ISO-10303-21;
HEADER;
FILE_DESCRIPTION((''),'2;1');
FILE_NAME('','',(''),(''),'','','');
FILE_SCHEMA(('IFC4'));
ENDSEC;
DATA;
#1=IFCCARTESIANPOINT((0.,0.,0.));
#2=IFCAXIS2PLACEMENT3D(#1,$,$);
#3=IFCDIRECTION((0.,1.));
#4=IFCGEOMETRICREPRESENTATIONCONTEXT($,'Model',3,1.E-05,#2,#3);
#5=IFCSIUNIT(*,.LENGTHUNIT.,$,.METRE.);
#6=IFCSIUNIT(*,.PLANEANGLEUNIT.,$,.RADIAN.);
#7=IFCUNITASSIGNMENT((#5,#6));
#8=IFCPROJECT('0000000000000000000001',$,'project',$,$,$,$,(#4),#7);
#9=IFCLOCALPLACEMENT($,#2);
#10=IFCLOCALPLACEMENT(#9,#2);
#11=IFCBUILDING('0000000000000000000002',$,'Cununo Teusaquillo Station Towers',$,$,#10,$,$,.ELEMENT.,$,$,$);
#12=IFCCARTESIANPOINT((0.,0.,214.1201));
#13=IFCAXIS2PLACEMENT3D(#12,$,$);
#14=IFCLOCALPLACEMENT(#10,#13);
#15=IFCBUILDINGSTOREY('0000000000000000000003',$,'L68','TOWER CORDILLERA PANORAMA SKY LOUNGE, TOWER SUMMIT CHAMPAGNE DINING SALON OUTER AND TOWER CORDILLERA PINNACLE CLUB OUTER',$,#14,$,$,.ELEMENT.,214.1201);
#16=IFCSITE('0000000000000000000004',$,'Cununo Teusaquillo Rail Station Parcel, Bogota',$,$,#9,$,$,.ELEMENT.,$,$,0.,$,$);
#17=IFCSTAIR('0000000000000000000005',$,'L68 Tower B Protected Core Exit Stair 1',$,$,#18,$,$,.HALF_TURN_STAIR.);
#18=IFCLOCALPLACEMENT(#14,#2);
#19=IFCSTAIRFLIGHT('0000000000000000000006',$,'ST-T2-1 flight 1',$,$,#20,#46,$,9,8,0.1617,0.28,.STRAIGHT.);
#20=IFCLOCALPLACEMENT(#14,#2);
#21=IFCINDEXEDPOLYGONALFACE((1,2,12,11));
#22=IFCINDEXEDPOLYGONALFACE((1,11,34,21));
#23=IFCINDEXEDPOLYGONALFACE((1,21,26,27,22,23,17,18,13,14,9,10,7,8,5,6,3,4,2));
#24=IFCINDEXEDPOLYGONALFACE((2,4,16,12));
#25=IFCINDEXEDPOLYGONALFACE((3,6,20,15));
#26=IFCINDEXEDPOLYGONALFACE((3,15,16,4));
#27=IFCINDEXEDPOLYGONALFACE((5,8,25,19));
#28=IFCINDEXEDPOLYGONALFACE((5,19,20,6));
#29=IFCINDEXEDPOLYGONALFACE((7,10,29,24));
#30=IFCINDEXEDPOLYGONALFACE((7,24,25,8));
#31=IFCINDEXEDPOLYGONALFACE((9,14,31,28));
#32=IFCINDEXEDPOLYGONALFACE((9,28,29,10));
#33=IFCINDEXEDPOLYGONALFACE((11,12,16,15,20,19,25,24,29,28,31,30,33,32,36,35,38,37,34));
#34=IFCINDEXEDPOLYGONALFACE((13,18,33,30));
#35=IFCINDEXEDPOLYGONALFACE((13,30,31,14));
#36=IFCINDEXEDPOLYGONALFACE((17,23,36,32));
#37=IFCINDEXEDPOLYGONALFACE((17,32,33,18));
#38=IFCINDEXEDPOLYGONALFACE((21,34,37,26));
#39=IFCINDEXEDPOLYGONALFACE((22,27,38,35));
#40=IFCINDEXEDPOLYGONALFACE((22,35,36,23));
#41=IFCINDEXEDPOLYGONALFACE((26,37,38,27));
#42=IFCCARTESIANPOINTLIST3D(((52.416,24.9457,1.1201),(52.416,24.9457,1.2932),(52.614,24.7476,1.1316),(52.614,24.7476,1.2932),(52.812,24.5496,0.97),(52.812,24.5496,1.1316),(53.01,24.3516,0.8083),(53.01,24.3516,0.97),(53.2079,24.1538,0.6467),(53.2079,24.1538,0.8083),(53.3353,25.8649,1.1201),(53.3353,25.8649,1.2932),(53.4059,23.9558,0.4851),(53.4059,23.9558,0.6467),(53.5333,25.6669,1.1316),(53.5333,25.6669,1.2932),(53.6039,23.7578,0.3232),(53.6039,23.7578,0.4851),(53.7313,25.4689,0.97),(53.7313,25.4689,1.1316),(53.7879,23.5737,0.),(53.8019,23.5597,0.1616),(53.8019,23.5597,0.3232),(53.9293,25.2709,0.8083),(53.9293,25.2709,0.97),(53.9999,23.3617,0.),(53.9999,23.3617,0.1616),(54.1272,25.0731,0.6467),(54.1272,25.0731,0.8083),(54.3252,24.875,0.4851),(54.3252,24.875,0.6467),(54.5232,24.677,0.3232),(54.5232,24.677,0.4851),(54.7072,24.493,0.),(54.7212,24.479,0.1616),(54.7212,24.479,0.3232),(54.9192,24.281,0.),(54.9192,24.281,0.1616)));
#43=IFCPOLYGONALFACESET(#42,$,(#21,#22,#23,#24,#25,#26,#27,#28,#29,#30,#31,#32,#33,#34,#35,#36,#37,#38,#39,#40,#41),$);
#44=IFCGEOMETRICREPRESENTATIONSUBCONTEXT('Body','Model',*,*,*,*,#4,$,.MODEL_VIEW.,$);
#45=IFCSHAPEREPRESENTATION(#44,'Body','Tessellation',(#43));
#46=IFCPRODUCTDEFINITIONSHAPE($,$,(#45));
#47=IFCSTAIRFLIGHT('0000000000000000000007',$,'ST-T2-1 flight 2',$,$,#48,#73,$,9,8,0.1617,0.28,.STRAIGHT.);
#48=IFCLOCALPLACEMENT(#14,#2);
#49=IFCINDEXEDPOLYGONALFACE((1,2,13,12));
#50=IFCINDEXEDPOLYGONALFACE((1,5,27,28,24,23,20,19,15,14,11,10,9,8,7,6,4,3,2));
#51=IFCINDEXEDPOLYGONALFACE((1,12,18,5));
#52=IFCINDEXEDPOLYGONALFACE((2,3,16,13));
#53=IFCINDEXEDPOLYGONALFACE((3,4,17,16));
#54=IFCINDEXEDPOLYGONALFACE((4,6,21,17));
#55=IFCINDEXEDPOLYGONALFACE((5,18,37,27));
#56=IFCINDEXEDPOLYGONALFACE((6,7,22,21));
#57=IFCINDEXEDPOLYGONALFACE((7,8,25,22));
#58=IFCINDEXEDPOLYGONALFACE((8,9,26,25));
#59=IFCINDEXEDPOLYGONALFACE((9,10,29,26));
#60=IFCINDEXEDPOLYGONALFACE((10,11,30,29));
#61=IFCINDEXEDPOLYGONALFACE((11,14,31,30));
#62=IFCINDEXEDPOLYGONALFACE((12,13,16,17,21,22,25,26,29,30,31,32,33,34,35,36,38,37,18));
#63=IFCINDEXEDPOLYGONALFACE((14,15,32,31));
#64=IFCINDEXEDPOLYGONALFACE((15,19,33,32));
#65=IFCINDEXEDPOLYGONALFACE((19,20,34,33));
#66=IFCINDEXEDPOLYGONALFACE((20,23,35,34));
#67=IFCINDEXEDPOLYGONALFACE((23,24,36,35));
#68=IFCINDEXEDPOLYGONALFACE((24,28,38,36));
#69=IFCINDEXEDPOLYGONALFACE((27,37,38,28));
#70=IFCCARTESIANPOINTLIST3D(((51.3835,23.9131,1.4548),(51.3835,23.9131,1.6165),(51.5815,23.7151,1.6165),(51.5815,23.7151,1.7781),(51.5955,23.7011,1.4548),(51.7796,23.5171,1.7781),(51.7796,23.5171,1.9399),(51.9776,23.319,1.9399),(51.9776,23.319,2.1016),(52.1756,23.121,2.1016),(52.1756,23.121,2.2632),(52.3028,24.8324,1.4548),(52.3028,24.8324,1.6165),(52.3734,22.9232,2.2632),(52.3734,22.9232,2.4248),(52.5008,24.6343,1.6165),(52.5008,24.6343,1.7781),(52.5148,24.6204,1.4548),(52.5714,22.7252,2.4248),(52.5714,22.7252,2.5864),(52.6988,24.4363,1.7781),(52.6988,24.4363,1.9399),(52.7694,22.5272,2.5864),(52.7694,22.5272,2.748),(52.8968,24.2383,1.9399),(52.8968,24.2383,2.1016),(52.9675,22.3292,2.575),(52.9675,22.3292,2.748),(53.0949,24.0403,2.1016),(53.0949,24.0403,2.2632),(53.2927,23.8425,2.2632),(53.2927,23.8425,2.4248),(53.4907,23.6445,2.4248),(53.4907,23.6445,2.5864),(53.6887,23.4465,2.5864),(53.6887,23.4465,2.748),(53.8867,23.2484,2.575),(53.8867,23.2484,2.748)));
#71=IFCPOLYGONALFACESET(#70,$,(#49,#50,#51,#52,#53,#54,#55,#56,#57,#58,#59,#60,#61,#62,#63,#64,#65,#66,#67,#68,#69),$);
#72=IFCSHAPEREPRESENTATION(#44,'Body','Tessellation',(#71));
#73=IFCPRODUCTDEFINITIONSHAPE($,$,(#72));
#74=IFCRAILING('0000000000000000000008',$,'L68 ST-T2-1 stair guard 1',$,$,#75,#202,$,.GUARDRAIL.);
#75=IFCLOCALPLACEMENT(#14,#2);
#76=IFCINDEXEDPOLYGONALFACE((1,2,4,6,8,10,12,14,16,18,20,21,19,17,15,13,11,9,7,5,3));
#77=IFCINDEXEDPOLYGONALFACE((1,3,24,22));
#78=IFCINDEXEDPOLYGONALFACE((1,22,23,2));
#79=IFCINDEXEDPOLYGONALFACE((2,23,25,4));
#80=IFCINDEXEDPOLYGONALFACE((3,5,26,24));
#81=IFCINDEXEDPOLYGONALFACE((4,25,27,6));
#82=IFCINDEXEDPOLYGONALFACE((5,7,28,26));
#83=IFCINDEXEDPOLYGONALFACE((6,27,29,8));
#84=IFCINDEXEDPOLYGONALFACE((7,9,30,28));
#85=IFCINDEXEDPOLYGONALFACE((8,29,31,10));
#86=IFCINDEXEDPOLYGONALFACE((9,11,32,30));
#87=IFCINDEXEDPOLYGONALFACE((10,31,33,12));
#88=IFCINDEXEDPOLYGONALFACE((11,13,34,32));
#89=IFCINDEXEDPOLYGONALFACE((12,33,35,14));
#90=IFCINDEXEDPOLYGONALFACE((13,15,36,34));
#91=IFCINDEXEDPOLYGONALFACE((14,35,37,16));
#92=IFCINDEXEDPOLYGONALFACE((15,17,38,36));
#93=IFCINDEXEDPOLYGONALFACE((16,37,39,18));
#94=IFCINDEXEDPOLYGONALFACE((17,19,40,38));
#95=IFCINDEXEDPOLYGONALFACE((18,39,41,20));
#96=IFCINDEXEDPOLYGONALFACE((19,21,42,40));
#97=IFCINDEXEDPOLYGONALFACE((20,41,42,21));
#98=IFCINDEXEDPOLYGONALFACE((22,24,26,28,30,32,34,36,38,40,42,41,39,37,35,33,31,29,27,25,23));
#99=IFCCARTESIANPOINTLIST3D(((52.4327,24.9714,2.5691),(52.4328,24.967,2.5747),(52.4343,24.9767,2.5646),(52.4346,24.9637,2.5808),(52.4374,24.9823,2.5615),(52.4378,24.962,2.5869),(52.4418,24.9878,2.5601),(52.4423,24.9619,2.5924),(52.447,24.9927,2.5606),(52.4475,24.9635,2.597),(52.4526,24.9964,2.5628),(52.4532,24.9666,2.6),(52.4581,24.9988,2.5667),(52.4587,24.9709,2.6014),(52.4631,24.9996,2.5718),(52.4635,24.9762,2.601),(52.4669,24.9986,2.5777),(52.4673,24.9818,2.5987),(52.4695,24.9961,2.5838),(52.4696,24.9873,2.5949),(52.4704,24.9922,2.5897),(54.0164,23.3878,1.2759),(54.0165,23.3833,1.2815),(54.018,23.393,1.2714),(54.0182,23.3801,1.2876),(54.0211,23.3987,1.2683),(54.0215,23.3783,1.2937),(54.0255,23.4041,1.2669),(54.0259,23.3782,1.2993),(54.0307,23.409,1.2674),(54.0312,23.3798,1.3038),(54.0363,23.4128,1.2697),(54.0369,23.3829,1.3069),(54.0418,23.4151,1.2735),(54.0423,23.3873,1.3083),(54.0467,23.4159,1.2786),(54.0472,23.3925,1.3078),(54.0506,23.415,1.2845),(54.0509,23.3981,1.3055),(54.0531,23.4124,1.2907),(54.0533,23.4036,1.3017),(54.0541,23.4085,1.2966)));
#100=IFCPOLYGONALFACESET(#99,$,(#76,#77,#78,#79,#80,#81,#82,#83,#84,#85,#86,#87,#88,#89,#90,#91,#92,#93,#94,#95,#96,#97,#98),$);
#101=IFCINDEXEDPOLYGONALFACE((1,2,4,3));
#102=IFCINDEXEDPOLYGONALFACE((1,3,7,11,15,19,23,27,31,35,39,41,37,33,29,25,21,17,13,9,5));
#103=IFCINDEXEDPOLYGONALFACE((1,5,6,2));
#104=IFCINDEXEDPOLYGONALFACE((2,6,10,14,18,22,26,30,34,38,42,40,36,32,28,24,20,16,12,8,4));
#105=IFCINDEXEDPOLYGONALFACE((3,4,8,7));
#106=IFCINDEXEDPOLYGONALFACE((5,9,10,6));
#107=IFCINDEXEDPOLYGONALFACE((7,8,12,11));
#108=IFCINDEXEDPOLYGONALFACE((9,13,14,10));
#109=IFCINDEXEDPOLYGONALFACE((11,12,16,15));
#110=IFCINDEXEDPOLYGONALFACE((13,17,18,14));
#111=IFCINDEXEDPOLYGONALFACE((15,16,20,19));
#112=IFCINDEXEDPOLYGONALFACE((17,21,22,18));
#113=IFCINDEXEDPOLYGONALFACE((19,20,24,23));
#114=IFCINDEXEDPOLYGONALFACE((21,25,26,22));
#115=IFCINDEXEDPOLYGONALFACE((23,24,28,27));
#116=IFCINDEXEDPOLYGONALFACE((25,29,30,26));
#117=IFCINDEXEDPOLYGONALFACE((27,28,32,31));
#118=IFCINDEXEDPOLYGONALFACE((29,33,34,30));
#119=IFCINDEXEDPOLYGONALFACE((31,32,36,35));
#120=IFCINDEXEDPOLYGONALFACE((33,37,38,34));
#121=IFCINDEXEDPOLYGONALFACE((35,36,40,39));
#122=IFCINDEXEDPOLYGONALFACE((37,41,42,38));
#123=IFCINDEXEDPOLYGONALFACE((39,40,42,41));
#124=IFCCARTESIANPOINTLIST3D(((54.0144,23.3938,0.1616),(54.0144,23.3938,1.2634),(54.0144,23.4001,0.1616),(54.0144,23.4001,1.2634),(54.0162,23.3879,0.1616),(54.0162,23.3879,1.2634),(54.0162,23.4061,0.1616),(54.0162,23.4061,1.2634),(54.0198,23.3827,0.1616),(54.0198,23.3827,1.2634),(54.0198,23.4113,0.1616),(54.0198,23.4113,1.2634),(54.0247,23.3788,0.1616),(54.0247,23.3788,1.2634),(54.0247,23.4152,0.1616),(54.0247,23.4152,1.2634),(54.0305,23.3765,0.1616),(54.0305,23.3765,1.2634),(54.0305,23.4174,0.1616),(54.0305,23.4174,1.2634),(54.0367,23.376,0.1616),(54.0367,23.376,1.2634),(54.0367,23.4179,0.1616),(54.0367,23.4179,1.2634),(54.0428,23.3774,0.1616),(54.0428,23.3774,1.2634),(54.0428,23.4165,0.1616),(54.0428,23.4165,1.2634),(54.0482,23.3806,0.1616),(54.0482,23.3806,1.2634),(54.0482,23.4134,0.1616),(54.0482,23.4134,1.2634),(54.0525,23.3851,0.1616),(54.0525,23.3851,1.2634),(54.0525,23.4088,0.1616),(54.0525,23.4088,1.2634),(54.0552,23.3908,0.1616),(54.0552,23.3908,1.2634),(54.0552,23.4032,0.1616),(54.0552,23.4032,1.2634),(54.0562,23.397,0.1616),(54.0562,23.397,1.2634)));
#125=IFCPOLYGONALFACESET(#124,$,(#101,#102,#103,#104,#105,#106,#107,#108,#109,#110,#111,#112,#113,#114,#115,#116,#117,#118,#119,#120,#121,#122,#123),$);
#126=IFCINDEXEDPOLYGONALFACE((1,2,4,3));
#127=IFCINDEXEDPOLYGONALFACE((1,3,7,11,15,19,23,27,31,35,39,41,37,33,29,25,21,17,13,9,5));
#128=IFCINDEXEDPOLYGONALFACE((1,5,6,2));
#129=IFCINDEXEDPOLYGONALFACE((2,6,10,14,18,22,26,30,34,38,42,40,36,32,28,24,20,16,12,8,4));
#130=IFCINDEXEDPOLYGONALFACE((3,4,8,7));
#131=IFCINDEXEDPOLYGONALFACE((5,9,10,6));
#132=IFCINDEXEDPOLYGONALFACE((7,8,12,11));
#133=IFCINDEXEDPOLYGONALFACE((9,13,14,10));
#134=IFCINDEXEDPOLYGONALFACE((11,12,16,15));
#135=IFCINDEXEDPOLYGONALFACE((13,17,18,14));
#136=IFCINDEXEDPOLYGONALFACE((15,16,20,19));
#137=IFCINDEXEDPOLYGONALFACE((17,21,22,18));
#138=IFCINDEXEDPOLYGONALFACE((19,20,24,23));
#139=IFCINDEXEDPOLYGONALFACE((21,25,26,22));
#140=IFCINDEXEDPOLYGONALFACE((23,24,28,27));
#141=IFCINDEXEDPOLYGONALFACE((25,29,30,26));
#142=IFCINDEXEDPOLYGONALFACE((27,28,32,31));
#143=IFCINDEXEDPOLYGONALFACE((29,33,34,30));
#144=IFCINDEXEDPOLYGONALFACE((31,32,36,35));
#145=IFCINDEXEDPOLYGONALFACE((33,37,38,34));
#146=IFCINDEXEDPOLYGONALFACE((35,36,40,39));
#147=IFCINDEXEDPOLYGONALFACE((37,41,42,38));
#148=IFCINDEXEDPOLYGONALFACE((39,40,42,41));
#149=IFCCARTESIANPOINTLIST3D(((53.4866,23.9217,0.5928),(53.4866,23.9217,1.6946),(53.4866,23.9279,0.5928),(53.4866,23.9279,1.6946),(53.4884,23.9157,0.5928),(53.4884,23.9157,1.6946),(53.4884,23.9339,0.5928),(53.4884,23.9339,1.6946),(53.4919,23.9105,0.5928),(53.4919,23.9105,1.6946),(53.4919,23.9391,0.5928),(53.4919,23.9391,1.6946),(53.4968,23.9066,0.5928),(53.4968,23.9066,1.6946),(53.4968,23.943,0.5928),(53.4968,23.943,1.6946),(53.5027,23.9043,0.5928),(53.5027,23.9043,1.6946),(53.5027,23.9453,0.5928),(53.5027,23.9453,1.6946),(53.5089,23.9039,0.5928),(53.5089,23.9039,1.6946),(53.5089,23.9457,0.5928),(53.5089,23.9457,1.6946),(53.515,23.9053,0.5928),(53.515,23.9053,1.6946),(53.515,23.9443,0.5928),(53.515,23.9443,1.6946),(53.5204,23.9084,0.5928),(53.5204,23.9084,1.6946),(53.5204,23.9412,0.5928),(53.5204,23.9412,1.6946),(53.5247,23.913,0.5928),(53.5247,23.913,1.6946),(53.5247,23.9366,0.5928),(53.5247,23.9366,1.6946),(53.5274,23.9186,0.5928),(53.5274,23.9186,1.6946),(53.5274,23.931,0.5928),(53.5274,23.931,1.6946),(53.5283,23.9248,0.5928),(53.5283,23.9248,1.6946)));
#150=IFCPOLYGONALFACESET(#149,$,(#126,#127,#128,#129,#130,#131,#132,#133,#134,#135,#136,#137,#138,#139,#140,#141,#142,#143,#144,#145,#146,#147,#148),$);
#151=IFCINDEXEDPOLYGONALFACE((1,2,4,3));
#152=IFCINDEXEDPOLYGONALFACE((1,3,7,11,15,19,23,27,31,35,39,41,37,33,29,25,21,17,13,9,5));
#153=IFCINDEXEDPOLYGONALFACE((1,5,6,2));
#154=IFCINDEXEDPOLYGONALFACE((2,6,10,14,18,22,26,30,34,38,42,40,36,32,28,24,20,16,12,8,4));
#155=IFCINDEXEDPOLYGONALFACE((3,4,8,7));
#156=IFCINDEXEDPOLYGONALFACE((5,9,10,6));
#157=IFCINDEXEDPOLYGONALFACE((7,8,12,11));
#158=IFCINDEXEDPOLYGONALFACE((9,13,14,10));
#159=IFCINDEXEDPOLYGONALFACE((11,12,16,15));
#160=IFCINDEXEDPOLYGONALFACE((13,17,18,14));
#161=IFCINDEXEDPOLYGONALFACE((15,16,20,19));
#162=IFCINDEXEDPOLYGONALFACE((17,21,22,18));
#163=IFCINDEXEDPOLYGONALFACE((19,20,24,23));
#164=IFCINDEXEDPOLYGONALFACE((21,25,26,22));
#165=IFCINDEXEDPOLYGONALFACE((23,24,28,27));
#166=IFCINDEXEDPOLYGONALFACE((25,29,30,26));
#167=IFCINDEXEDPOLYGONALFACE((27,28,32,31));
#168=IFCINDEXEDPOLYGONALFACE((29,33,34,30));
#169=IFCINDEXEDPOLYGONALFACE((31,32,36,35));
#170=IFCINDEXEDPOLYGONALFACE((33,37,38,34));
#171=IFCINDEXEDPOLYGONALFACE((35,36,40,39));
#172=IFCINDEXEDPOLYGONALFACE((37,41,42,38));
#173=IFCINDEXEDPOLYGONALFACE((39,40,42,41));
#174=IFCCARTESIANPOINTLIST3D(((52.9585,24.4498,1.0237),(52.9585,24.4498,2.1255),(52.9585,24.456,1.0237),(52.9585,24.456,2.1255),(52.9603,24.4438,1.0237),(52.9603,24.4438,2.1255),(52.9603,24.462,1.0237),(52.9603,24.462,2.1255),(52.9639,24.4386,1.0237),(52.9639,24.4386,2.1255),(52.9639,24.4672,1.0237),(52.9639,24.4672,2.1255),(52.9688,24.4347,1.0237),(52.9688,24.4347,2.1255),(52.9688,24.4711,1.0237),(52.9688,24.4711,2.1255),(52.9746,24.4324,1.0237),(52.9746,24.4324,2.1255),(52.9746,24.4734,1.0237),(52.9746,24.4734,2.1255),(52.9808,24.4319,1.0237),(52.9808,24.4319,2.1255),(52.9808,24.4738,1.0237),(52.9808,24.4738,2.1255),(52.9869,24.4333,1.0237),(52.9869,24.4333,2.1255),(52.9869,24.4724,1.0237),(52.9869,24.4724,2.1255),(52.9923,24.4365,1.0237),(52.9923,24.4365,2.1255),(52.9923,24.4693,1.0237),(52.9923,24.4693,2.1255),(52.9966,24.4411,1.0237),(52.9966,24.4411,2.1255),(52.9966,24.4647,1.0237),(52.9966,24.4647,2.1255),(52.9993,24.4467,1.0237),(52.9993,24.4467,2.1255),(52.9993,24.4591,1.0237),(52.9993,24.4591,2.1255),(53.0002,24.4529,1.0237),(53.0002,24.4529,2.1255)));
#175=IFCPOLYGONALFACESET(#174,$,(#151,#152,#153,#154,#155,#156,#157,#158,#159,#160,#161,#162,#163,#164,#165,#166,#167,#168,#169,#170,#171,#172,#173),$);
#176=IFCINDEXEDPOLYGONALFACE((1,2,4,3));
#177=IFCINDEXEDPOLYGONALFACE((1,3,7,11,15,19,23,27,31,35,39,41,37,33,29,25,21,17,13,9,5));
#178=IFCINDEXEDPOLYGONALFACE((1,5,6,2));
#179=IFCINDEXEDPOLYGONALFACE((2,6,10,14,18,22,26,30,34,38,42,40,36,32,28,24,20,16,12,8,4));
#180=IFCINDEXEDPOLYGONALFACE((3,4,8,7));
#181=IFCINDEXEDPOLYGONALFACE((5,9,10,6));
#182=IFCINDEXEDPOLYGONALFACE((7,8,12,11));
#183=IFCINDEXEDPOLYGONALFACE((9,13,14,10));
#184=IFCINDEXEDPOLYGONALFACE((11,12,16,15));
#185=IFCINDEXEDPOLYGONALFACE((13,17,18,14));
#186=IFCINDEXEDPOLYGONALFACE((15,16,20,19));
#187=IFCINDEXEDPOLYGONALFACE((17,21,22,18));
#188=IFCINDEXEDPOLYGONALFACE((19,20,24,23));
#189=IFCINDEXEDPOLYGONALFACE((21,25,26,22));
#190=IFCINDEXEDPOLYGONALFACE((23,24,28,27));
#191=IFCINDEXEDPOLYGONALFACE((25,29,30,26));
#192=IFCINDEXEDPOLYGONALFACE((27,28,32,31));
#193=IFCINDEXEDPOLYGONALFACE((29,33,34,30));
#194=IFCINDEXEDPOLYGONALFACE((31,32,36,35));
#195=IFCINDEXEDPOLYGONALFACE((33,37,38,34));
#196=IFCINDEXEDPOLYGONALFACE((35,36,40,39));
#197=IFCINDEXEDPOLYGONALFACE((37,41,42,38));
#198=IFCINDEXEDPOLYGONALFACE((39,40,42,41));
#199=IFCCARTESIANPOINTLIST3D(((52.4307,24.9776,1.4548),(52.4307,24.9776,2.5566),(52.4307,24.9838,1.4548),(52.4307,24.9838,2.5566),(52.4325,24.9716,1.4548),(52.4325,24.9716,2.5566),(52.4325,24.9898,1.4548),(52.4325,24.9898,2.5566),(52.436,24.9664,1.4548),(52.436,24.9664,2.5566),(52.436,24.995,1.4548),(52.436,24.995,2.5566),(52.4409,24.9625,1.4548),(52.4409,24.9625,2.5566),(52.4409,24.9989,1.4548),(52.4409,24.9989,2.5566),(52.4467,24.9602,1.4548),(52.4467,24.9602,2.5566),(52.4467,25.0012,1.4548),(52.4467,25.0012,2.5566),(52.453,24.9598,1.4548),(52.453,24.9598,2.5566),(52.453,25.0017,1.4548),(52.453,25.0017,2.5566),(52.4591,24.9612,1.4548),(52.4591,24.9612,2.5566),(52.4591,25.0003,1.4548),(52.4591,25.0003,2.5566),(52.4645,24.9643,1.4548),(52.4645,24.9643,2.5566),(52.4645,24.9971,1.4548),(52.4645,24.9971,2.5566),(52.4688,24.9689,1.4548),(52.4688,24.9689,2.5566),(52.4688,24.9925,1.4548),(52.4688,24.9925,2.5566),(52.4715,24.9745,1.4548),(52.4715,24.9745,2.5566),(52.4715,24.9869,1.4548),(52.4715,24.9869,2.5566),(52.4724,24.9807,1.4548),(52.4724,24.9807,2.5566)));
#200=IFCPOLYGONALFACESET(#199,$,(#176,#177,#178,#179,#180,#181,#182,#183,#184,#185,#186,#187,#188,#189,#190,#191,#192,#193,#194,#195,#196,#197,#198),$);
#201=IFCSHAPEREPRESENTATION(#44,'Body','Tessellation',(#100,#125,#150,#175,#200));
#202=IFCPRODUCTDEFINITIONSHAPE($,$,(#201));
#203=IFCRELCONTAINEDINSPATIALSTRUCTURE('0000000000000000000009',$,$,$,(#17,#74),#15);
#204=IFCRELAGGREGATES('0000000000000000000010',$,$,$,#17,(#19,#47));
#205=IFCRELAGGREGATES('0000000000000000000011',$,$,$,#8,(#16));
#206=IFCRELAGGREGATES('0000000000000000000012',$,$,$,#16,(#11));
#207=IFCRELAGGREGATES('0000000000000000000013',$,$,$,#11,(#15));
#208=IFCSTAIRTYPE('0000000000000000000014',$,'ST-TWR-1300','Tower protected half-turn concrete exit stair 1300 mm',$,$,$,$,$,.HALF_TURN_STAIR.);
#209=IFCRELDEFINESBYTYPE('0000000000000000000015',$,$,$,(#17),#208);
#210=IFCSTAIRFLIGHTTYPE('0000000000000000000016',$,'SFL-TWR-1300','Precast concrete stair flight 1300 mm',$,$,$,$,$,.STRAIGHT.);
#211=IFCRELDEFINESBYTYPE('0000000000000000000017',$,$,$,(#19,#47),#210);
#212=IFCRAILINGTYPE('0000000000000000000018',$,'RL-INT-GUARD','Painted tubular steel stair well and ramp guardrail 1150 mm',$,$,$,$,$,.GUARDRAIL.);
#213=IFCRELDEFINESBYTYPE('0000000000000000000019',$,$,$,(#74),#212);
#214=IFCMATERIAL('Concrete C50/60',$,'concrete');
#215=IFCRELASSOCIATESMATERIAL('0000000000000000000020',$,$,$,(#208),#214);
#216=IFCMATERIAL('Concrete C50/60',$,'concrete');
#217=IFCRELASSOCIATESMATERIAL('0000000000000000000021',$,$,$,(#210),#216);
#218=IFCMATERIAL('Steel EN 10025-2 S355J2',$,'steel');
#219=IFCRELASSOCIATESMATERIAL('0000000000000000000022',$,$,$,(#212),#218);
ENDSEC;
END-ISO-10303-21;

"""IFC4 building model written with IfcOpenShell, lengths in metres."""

from ifc_helpers import new_model, si_unit, direction, frame, origin, origin_2d, place, context, subcontext, project, spatial, polyline, circle, outline, extrude, material, type_object, element, aggregate, save


model = new_model("IFC4")

# Units and contexts
model_context = context("Model", 3, precision=1e-05, world=origin(), true_north=direction((0.0, 1.0)))
body_context = subcontext(model_context, "Body", "Model", "MODEL_VIEW")
ifc_project = project(units=[si_unit("LENGTHUNIT", "METRE"), si_unit("PLANEANGLEUNIT", "RADIAN")], contexts=[model_context])

# Site, building, storey
site_placement = place(None, origin())
site = spatial("IfcSite", under=ifc_project, at=site_placement, Name="Cununo Teusaquillo Rail Station Parcel, Bogota", CompositionType="ELEMENT", RefElevation=0.0)
building_placement = place(site_placement, origin())
building = spatial("IfcBuilding", under=site, at=building_placement, Name="Cununo Teusaquillo Station Towers", CompositionType="ELEMENT")
storey_placement = place(building_placement, frame((0.0, 0.0, 214.1201)))
storey = spatial("IfcBuildingStorey", under=building, at=storey_placement, Name="L68", Description="TOWER CORDILLERA PANORAMA SKY LOUNGE, TOWER SUMMIT CHAMPAGNE DINING SALON OUTER AND TOWER CORDILLERA PINNACLE CLUB OUTER", CompositionType="ELEMENT", Elevation=214.1201)

# Stair, stair flights
ifc_material_1 = material(Name="Concrete C50/60", Category="concrete")
stair_type = type_object("IfcStairType", Name="ST-TWR-1300", Description="Tower protected half-turn concrete exit stair 1300 mm", PredefinedType="HALF_TURN_STAIR", material=ifc_material_1)
stair_placement = place(storey_placement, origin())
stair = element("IfcStair", 1, at=stair_placement, inside=storey, type_object=stair_type, Name="L68 Tower B Protected Core Exit Stair 1", PredefinedType="HALF_TURN_STAIR")
ifc_material_2 = material(Name="Concrete C50/60", Category="concrete")
stair_flight_type = type_object("IfcStairFlightType", Name="SFL-TWR-1300", Description="Precast concrete stair flight 1300 mm", PredefinedType="STRAIGHT", material=ifc_material_2)
stair_flight_1_placement = place(storey_placement, frame((54.4595, 23.8213, 0.0), z_axis=(0.0, 0.0, 1.0), x_axis=(-0.707107, 0.707107, 0.0)))
stair_flight_1 = element("IfcStairFlight", 2, at=stair_flight_1_placement, type_object=stair_flight_type, Name="ST-T2-1 flight 1", NumberOfRisers=9, NumberOfTreads=8, PredefinedType="STRAIGHT", RiserHeight=0.1617, TreadLength=0.28, context=body_context, shape_type="SweptSolid", body=[
    extrude(outline(polyline([(0.0, 0.0), (0.0, 0.1616), (0.28, 0.1616), (0.28, 0.3232), (0.5601, 0.3232), (0.5601, 0.4851), (0.8401, 0.4851), (0.8401, 0.6467), (1.1201, 0.6467), (1.1201, 0.8083), (1.3999, 0.8083), (1.3999, 0.97), (1.6799, 0.97), (1.6799, 1.1316), (1.96, 1.1316), (1.96, 1.2932), (2.24, 1.2932), (2.24, 1.4551), (2.24, 1.1201), (0.2998, 0.0), (0.0, 0.0)])), frame((0.0, 0.6499, 0.0), z_axis=(0.0, -1.0, 0.0), x_axis=(1.0, 0.0, 0.0)), (0.0, 0.0, 1.0), 1.3),
])
stair_flight_2_placement = place(storey_placement, frame((51.8433, 24.3728, 1.4548), z_axis=(0.0, 0.0, 1.0), x_axis=(0.707107, -0.707107, 0.0)))
stair_flight_2 = element("IfcStairFlight", 3, at=stair_flight_2_placement, type_object=stair_flight_type, Name="ST-T2-1 flight 2", NumberOfRisers=9, NumberOfTreads=8, PredefinedType="STRAIGHT", RiserHeight=0.1617, TreadLength=0.28, context=body_context, shape_type="SweptSolid", body=[
    extrude(outline(polyline([(0.0, 0.0), (0.0, 0.1616), (0.28, 0.1616), (0.28, 0.3232), (0.5601, 0.3232), (0.5601, 0.4851), (0.8401, 0.4851), (0.8401, 0.6467), (1.1201, 0.6467), (1.1201, 0.8083), (1.3999, 0.8083), (1.3999, 0.97), (1.6799, 0.97), (1.6799, 1.1316), (1.96, 1.1316), (1.96, 1.2932), (2.24, 1.2932), (2.24, 1.4551), (2.24, 1.1201), (0.2998, 0.0), (0.0, 0.0)])), frame((0.0, 0.6499, 0.0), z_axis=(0.0, -1.0, 0.0), x_axis=(1.0, 0.0, 0.0)), (0.0, 0.0, 1.0), 1.3),
])
aggregate(stair, [stair_flight_1, stair_flight_2])

# Railing
ifc_material_3 = material(Name="Steel EN 10025-2 S355J2", Category="steel")
railing_type_1 = type_object("IfcRailingType", Name="RL-INT-GUARD", Description="Painted tubular steel stair well and ramp guardrail 1150 mm", PredefinedType="GUARDRAIL", material=ifc_material_3)
railing_1_placement = place(storey_placement, frame((54.0352, 23.397, 0.1616)))
element("IfcRailing", 4, at=railing_1_placement, inside=storey, type_object=railing_type_1, Name="L68 ST-T2-1 stair guard 1", PredefinedType="GUARDRAIL", context=body_context, shape_type="SweptSolid", body=[
    extrude(circle(Radius=0.0239, at=origin_2d()), frame((0.0, 0.0, 1.126), z_axis=(-0.612361, 0.612361, 0.500027), x_axis=(-0.707107, -0.707107, 0.0)), (0.0, 0.0, 1.0), 2.5862),
    extrude(circle(Radius=0.021, at=origin_2d()), origin(), (0.0, 0.0, 1.0), 1.1018),
    extrude(circle(Radius=0.021, at=origin_2d()), frame((-0.5278, 0.5278, 0.4312)), (0.0, 0.0, 1.0), 1.1018),
    extrude(circle(Radius=0.021, at=origin_2d()), frame((-1.0559, 1.0559, 0.8621)), (0.0, 0.0, 1.0), 1.1018),
    extrude(circle(Radius=0.021, at=origin_2d()), frame((-1.5837, 1.5837, 1.2932)), (0.0, 0.0, 1.0), 1.1018),
])

save(model, "model.ifc")
